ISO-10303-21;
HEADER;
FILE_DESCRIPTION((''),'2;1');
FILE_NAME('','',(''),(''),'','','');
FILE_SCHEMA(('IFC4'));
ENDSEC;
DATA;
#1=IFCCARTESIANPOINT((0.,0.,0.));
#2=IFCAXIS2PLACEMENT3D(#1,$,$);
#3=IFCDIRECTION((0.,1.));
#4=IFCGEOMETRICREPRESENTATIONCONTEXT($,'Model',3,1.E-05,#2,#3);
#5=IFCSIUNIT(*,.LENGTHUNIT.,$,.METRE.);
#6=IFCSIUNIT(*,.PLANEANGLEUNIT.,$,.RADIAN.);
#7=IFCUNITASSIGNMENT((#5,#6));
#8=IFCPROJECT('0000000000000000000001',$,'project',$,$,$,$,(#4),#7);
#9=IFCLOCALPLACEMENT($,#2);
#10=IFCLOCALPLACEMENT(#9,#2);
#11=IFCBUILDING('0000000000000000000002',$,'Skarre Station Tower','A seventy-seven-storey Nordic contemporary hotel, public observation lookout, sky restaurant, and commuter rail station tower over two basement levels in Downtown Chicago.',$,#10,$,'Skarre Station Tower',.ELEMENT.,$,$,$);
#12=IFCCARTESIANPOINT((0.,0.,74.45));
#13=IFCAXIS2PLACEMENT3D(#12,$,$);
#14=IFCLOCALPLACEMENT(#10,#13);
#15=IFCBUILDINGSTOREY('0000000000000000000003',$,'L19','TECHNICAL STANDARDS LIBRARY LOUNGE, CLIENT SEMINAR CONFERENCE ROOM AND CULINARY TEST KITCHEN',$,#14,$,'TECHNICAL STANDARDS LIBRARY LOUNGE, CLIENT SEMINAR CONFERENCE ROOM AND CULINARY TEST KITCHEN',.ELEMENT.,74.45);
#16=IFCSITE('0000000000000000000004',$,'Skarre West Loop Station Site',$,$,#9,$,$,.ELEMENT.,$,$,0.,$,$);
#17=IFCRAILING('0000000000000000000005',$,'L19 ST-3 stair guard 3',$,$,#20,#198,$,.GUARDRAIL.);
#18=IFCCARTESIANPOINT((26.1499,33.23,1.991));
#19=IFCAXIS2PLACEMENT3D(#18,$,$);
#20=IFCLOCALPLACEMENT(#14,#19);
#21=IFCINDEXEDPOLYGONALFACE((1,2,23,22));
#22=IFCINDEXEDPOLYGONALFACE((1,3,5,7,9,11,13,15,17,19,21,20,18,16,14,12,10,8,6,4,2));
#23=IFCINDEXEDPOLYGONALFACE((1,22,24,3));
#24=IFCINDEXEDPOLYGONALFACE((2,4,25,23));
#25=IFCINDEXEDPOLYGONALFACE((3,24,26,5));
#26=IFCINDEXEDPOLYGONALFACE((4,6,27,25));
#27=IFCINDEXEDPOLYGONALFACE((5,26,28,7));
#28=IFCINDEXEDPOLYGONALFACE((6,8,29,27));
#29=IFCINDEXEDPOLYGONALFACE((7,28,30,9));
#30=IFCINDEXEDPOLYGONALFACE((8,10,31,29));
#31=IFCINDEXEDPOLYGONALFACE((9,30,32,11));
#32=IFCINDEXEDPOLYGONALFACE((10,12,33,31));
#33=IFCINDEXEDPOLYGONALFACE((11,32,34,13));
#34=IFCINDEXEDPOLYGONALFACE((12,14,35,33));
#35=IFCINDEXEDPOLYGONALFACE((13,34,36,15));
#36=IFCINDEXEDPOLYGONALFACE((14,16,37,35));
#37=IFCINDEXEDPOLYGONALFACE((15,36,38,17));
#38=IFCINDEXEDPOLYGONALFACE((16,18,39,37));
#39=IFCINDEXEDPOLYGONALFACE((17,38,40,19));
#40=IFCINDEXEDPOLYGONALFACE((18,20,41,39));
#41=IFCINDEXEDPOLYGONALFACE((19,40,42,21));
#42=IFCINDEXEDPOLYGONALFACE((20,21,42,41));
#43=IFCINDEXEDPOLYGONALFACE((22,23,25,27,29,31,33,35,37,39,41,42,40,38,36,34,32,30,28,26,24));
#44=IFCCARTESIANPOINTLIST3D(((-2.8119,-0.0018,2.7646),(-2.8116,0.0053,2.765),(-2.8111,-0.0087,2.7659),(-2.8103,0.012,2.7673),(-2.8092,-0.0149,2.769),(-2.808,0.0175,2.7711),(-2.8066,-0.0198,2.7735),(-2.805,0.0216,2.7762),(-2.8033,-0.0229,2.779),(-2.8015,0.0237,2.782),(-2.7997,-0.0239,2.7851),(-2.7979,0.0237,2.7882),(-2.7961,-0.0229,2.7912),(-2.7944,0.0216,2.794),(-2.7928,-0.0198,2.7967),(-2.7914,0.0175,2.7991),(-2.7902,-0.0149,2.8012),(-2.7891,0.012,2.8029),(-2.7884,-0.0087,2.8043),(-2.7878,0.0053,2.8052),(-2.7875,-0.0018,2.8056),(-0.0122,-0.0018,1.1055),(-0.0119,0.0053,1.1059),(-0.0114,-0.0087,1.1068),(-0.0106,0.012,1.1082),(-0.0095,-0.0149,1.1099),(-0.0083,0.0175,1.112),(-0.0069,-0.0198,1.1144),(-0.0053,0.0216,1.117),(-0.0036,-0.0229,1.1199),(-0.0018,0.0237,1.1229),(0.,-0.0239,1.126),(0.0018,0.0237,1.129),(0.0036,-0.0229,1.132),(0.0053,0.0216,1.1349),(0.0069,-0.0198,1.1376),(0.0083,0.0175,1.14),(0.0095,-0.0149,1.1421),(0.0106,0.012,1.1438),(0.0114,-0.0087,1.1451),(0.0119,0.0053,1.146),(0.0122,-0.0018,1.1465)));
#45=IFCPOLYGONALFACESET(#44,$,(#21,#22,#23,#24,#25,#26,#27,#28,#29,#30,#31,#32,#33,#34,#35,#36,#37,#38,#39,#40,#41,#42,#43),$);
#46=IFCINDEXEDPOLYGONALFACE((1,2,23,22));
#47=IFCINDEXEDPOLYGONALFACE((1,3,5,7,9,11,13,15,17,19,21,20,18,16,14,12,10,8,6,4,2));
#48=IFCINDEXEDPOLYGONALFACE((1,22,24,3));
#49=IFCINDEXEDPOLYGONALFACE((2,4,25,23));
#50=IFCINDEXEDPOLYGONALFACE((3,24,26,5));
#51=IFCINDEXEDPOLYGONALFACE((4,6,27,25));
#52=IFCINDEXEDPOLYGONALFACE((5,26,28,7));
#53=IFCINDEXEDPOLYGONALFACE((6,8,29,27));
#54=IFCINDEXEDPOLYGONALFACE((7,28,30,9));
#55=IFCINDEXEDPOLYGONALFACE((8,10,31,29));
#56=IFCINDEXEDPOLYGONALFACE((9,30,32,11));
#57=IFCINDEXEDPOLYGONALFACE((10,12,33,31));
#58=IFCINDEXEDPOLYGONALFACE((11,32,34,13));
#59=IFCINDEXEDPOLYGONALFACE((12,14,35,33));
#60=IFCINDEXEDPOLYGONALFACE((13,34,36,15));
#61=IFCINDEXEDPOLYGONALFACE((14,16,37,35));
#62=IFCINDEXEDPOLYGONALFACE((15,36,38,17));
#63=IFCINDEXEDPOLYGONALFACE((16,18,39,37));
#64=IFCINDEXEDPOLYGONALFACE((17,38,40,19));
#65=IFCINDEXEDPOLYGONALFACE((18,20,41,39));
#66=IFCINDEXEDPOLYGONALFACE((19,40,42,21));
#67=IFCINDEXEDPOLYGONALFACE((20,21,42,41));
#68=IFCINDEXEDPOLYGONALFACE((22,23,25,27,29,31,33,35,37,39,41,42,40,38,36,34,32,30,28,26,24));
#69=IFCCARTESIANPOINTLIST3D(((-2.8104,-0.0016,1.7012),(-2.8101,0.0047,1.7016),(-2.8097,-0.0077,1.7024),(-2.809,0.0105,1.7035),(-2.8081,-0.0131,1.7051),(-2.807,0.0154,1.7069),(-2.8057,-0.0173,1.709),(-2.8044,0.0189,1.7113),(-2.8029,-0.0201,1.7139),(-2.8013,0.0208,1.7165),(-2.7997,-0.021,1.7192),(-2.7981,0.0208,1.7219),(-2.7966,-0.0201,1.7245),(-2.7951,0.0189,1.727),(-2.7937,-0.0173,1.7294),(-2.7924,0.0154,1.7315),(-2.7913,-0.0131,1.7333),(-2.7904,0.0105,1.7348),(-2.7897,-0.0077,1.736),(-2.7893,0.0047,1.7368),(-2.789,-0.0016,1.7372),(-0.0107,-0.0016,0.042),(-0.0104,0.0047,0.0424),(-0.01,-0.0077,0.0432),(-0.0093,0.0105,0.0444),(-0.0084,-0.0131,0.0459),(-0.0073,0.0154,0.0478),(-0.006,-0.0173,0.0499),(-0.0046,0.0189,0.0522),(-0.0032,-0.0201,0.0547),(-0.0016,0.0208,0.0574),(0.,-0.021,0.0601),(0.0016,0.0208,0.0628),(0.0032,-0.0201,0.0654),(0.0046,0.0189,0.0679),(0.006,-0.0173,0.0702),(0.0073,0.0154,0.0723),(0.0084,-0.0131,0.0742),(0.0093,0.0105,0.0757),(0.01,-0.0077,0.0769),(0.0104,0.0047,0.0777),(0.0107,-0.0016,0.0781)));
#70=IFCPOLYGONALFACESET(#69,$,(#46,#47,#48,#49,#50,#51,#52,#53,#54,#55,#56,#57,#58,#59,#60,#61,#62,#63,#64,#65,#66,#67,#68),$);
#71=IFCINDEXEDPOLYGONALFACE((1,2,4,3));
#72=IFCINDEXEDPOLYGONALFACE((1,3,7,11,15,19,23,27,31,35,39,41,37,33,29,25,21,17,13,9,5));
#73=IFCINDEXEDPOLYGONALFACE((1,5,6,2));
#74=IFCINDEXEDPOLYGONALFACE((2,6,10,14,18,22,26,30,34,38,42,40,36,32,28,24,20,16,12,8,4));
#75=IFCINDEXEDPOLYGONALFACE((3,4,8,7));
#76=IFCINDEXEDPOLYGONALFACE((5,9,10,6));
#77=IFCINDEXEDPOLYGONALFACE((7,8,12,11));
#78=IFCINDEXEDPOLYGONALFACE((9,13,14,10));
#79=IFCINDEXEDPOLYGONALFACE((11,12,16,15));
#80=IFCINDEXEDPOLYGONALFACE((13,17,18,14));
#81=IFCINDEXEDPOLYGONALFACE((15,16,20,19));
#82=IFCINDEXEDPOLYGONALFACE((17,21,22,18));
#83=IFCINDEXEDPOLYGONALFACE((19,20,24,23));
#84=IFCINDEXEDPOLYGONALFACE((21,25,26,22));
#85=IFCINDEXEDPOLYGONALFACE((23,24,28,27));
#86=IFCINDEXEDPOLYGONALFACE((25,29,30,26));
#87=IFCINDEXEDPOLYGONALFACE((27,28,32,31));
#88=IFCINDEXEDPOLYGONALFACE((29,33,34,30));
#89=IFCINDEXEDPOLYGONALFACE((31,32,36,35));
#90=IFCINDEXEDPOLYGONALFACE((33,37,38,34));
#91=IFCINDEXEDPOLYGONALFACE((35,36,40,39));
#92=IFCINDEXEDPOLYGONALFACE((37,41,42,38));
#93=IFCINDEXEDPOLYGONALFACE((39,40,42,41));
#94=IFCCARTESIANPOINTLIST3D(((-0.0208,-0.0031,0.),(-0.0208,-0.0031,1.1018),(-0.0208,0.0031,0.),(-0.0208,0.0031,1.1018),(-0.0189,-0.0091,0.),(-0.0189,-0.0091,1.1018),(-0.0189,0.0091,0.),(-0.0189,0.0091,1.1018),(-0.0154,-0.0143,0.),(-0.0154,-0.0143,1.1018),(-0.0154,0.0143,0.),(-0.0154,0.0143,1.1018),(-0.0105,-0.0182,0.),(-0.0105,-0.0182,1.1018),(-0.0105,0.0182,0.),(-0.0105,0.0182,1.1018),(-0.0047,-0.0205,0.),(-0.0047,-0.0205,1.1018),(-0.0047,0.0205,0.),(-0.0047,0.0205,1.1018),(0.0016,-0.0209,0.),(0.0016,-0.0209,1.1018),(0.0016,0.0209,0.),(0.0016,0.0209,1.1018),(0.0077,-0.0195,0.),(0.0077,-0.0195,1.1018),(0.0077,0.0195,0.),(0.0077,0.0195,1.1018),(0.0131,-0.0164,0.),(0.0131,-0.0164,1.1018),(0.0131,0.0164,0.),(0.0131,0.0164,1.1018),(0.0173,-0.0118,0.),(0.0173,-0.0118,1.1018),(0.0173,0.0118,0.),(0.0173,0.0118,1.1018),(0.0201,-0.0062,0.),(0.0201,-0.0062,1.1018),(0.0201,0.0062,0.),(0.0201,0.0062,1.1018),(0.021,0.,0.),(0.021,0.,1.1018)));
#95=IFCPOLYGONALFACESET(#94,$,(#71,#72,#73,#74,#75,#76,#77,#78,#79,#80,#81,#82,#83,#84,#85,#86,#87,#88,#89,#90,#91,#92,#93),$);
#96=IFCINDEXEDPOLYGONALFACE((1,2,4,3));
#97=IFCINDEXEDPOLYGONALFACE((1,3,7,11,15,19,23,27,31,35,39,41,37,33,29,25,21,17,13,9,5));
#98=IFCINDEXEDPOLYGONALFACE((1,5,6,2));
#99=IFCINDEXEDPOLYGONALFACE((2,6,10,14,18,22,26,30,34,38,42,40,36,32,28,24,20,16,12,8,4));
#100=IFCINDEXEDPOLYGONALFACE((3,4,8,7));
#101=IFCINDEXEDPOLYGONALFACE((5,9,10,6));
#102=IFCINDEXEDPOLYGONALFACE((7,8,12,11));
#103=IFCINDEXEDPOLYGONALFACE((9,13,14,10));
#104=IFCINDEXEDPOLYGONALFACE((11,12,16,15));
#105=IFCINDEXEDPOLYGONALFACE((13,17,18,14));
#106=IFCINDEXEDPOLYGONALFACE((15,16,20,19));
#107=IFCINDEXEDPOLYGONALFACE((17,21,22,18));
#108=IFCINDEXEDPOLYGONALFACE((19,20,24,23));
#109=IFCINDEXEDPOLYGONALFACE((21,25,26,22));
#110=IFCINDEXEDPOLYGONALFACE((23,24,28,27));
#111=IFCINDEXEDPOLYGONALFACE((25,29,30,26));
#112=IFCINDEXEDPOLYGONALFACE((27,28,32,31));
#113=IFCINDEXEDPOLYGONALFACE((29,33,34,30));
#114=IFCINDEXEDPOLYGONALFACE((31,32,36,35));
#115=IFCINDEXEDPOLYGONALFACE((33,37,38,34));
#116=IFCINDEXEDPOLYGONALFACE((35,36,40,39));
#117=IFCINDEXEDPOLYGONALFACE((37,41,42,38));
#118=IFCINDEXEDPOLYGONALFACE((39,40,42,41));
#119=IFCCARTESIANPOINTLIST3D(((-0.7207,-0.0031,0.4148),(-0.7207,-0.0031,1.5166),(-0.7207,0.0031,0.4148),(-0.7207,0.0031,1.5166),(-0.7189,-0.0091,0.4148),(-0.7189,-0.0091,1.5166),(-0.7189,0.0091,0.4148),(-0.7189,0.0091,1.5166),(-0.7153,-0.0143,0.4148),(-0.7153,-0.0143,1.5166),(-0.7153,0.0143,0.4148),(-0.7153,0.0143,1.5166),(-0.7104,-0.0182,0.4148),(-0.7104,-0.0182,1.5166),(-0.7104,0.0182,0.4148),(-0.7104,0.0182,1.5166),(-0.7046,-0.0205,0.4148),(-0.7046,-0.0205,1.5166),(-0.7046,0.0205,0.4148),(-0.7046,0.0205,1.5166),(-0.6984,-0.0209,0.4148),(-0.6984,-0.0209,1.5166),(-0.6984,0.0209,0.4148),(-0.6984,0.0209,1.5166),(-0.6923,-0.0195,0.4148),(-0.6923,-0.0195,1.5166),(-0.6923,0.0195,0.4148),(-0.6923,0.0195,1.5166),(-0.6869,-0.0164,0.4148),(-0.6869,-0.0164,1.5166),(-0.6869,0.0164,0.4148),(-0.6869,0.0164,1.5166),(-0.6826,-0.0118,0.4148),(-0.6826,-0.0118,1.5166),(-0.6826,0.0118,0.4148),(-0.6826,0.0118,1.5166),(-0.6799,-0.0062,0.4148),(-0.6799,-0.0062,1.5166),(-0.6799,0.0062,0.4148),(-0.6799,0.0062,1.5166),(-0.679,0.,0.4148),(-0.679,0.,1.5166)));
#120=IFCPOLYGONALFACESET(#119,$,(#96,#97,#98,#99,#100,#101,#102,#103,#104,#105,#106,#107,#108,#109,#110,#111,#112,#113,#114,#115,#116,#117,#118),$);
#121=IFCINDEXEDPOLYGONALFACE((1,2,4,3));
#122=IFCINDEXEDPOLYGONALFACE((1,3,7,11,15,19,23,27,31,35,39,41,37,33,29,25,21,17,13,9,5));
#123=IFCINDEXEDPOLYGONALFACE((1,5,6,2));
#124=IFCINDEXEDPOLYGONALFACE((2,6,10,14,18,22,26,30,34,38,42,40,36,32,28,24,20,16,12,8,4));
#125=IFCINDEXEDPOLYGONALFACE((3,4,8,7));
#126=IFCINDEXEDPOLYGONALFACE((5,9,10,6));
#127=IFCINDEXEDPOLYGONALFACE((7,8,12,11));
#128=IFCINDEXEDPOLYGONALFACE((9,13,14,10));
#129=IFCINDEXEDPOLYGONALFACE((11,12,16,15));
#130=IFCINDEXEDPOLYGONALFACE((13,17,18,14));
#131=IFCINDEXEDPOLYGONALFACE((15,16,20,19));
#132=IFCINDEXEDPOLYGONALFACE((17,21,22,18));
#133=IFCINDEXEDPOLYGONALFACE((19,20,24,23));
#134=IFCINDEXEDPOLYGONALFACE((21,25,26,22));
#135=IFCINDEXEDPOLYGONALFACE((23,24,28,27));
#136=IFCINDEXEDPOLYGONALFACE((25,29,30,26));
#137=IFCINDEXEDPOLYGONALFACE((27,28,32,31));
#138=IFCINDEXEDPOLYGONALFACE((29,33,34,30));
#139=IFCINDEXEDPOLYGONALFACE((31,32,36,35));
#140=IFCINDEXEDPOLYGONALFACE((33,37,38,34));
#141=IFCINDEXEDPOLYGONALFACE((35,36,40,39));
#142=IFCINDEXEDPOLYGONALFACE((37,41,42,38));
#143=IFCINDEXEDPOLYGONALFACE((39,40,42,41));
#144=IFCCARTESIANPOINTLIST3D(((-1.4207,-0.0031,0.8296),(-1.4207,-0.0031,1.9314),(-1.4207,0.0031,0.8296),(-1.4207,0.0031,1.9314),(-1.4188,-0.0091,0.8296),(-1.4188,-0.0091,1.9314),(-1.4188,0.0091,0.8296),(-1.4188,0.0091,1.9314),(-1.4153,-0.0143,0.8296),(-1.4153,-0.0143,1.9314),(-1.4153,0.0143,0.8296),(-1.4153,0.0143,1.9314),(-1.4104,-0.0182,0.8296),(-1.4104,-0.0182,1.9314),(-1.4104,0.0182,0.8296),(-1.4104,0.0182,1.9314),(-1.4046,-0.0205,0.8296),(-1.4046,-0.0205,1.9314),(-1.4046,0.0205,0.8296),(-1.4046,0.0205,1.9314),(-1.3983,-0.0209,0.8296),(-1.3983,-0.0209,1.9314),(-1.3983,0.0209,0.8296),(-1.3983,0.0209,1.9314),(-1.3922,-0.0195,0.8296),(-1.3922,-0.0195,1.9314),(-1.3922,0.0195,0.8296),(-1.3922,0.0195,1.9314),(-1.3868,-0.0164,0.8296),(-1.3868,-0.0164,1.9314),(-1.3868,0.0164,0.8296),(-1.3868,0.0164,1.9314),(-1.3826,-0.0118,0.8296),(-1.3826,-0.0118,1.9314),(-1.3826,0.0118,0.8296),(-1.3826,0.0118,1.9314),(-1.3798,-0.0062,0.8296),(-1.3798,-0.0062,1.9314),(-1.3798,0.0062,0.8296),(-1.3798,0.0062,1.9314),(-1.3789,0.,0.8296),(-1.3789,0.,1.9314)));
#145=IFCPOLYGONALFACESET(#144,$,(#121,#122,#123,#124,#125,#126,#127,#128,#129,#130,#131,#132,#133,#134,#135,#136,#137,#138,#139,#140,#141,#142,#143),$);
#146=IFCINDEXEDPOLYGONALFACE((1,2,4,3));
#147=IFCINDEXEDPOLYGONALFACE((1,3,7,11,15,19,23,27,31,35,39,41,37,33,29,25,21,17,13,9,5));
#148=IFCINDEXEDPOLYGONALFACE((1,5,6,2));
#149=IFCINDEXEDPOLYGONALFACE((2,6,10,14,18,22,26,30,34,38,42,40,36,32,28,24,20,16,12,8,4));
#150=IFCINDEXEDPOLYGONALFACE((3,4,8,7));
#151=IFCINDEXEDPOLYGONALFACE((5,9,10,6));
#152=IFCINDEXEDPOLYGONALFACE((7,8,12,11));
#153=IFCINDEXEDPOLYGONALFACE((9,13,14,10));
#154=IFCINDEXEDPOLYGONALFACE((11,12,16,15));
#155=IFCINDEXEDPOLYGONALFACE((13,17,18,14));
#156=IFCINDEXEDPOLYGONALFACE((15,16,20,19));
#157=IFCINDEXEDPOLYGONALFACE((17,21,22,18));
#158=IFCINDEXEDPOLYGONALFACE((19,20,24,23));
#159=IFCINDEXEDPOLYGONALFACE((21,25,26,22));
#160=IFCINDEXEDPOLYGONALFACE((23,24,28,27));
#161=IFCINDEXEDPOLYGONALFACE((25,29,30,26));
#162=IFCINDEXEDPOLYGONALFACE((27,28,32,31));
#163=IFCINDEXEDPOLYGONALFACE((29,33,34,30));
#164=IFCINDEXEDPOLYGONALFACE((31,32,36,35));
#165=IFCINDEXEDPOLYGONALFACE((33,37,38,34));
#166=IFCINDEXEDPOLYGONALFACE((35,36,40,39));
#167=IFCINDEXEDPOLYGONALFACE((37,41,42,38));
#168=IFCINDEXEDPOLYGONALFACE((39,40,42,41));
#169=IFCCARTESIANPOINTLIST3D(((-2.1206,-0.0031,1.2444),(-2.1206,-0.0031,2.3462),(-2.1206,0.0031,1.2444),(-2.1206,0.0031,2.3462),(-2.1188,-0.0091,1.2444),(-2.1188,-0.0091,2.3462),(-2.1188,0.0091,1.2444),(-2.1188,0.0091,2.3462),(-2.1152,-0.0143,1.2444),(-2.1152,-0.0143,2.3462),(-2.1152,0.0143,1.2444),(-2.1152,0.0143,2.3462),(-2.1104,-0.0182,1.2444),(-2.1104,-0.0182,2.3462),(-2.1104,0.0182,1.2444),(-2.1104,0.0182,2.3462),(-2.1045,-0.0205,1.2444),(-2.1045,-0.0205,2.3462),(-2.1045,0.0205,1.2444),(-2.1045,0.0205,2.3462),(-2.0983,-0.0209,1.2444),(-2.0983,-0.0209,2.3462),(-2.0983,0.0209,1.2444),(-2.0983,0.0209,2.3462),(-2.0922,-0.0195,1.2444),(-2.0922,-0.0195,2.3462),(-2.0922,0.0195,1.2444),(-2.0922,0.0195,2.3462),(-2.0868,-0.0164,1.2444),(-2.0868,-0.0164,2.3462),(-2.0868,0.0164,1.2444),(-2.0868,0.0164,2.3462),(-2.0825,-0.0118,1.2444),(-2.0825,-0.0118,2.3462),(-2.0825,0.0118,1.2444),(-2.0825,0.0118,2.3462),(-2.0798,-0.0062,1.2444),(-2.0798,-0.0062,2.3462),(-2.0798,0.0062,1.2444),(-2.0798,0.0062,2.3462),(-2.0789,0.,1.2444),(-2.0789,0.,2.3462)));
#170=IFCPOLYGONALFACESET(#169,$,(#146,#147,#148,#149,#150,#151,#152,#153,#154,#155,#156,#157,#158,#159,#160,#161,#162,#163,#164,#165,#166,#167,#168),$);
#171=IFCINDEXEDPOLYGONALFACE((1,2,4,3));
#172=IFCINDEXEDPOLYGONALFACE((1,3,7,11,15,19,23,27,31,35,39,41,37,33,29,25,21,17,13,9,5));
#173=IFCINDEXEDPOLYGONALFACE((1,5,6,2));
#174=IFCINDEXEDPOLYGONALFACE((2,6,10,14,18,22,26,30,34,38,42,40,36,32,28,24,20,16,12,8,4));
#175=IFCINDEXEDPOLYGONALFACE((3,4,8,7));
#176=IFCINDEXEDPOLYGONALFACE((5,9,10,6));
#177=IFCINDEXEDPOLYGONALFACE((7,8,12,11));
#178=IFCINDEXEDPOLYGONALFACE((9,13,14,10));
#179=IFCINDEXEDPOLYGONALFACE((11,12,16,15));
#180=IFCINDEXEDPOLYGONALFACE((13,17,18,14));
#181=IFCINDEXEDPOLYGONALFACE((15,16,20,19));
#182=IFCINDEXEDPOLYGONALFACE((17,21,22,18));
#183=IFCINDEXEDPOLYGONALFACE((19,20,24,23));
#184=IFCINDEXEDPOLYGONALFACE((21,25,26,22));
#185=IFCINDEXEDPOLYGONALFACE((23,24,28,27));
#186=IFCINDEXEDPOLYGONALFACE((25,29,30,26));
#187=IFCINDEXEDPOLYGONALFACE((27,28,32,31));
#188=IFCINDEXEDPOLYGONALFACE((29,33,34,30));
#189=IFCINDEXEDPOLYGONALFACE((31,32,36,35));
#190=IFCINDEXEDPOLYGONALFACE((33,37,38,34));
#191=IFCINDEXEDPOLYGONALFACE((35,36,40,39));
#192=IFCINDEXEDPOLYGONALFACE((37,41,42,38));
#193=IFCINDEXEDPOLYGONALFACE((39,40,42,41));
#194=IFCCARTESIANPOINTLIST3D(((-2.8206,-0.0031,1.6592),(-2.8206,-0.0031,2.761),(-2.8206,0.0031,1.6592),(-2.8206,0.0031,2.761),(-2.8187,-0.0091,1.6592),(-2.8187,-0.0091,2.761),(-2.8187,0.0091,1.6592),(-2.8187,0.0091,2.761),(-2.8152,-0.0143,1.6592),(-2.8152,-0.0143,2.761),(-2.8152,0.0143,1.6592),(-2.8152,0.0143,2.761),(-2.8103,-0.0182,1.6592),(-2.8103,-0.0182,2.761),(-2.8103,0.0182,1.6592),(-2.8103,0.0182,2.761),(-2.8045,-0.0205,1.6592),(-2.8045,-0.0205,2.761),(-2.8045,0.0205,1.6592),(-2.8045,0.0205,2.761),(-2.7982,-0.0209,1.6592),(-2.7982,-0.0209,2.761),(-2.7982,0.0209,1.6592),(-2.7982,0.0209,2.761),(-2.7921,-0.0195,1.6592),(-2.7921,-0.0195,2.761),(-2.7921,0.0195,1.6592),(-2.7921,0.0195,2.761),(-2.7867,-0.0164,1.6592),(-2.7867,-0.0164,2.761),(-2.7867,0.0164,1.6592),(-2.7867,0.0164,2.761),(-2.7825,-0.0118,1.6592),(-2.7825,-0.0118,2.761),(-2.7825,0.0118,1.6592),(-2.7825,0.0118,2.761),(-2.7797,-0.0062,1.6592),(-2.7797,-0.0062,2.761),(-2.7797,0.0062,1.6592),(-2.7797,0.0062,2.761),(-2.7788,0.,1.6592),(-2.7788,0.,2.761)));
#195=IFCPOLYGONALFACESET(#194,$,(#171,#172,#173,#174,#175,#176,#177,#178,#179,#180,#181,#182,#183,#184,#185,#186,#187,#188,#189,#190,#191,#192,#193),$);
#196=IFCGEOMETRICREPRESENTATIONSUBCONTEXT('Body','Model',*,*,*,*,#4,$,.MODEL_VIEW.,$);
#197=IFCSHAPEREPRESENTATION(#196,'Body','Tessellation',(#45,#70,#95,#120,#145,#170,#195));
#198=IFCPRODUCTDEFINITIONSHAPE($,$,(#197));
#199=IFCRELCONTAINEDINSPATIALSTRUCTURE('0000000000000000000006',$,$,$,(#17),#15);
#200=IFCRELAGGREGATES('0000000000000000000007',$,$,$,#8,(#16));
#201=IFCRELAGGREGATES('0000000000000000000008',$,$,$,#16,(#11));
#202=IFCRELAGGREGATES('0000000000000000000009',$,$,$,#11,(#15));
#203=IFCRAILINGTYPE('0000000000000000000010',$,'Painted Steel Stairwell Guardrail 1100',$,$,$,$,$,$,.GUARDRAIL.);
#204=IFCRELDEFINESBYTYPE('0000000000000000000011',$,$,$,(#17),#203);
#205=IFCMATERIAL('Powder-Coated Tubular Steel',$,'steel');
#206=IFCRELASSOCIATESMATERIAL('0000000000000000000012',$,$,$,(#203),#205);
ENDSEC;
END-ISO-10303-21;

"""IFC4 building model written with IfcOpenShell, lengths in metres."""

from ifc_helpers import new_model, si_unit, direction, frame, origin, origin_2d, place, context, subcontext, project, spatial, circle, extrude, material, type_object, element, save


model = new_model("IFC4")

# Units and contexts
model_context = context("Model", 3, precision=1e-05, world=origin(), true_north=direction((0.0, 1.0)))
body_context = subcontext(model_context, "Body", "Model", "MODEL_VIEW")
ifc_project = project(units=[si_unit("LENGTHUNIT", "METRE"), si_unit("PLANEANGLEUNIT", "RADIAN")], contexts=[model_context])

# Site, building, storey
site_placement = place(None, origin())
site = spatial("IfcSite", under=ifc_project, at=site_placement, Name="Skarre West Loop Station Site", CompositionType="ELEMENT", RefElevation=0.0)
building_placement = place(site_placement, origin())
building = spatial("IfcBuilding", under=site, at=building_placement, Name="Skarre Station Tower", Description="A seventy-seven-storey Nordic contemporary hotel, public observation lookout, sky restaurant, and commuter rail station tower over two basement levels in Downtown Chicago.", LongName="Skarre Station Tower", CompositionType="ELEMENT")
storey_placement = place(building_placement, frame((0.0, 0.0, 74.45)))
storey = spatial("IfcBuildingStorey", under=building, at=storey_placement, Name="L19", Description="TECHNICAL STANDARDS LIBRARY LOUNGE, CLIENT SEMINAR CONFERENCE ROOM AND CULINARY TEST KITCHEN", LongName="TECHNICAL STANDARDS LIBRARY LOUNGE, CLIENT SEMINAR CONFERENCE ROOM AND CULINARY TEST KITCHEN", CompositionType="ELEMENT", Elevation=74.45)

# Railing
ifc_material_1 = material(Name="Powder-Coated Tubular Steel", Category="steel")
railing_type_1 = type_object("IfcRailingType", Name="Painted Steel Stairwell Guardrail 1100", PredefinedType="GUARDRAIL", material=ifc_material_1)
railing_1_placement = place(storey_placement, frame((26.1499, 33.23, 1.991)))
element("IfcRailing", 1, at=railing_1_placement, inside=storey, type_object=railing_type_1, Name="L19 ST-3 stair guard 3", PredefinedType="GUARDRAIL", context=body_context, shape_type="SweptSolid", body=[
    extrude(circle(Radius=0.0239, at=origin_2d()), frame((0.0, 0.0, 1.126), z_axis=(-0.860287, 0.0, 0.509811), x_axis=(0.0, -1.0, 0.0)), (0.0, 0.0, 1.0), 3.2544),
    extrude(circle(Radius=0.021, at=origin_2d()), frame((0.0, 0.0, 0.0601), z_axis=(-0.860287, 0.0, 0.509811), x_axis=(0.0, -1.0, 0.0)), (0.0, 0.0, 1.0), 3.2544),
    extrude(circle(Radius=0.021, at=origin_2d()), origin(), (0.0, 0.0, 1.0), 1.1018),
    extrude(circle(Radius=0.021, at=origin_2d()), frame((-0.7, 0.0, 0.4148)), (0.0, 0.0, 1.0), 1.1018),
    extrude(circle(Radius=0.021, at=origin_2d()), frame((-1.3999, 0.0, 0.8296)), (0.0, 0.0, 1.0), 1.1018),
    extrude(circle(Radius=0.021, at=origin_2d()), frame((-2.0999, 0.0, 1.2444)), (0.0, 0.0, 1.0), 1.1018),
    extrude(circle(Radius=0.021, at=origin_2d()), frame((-2.7998, 0.0, 1.6592)), (0.0, 0.0, 1.0), 1.1018),
])

save(model, "model.ifc")
